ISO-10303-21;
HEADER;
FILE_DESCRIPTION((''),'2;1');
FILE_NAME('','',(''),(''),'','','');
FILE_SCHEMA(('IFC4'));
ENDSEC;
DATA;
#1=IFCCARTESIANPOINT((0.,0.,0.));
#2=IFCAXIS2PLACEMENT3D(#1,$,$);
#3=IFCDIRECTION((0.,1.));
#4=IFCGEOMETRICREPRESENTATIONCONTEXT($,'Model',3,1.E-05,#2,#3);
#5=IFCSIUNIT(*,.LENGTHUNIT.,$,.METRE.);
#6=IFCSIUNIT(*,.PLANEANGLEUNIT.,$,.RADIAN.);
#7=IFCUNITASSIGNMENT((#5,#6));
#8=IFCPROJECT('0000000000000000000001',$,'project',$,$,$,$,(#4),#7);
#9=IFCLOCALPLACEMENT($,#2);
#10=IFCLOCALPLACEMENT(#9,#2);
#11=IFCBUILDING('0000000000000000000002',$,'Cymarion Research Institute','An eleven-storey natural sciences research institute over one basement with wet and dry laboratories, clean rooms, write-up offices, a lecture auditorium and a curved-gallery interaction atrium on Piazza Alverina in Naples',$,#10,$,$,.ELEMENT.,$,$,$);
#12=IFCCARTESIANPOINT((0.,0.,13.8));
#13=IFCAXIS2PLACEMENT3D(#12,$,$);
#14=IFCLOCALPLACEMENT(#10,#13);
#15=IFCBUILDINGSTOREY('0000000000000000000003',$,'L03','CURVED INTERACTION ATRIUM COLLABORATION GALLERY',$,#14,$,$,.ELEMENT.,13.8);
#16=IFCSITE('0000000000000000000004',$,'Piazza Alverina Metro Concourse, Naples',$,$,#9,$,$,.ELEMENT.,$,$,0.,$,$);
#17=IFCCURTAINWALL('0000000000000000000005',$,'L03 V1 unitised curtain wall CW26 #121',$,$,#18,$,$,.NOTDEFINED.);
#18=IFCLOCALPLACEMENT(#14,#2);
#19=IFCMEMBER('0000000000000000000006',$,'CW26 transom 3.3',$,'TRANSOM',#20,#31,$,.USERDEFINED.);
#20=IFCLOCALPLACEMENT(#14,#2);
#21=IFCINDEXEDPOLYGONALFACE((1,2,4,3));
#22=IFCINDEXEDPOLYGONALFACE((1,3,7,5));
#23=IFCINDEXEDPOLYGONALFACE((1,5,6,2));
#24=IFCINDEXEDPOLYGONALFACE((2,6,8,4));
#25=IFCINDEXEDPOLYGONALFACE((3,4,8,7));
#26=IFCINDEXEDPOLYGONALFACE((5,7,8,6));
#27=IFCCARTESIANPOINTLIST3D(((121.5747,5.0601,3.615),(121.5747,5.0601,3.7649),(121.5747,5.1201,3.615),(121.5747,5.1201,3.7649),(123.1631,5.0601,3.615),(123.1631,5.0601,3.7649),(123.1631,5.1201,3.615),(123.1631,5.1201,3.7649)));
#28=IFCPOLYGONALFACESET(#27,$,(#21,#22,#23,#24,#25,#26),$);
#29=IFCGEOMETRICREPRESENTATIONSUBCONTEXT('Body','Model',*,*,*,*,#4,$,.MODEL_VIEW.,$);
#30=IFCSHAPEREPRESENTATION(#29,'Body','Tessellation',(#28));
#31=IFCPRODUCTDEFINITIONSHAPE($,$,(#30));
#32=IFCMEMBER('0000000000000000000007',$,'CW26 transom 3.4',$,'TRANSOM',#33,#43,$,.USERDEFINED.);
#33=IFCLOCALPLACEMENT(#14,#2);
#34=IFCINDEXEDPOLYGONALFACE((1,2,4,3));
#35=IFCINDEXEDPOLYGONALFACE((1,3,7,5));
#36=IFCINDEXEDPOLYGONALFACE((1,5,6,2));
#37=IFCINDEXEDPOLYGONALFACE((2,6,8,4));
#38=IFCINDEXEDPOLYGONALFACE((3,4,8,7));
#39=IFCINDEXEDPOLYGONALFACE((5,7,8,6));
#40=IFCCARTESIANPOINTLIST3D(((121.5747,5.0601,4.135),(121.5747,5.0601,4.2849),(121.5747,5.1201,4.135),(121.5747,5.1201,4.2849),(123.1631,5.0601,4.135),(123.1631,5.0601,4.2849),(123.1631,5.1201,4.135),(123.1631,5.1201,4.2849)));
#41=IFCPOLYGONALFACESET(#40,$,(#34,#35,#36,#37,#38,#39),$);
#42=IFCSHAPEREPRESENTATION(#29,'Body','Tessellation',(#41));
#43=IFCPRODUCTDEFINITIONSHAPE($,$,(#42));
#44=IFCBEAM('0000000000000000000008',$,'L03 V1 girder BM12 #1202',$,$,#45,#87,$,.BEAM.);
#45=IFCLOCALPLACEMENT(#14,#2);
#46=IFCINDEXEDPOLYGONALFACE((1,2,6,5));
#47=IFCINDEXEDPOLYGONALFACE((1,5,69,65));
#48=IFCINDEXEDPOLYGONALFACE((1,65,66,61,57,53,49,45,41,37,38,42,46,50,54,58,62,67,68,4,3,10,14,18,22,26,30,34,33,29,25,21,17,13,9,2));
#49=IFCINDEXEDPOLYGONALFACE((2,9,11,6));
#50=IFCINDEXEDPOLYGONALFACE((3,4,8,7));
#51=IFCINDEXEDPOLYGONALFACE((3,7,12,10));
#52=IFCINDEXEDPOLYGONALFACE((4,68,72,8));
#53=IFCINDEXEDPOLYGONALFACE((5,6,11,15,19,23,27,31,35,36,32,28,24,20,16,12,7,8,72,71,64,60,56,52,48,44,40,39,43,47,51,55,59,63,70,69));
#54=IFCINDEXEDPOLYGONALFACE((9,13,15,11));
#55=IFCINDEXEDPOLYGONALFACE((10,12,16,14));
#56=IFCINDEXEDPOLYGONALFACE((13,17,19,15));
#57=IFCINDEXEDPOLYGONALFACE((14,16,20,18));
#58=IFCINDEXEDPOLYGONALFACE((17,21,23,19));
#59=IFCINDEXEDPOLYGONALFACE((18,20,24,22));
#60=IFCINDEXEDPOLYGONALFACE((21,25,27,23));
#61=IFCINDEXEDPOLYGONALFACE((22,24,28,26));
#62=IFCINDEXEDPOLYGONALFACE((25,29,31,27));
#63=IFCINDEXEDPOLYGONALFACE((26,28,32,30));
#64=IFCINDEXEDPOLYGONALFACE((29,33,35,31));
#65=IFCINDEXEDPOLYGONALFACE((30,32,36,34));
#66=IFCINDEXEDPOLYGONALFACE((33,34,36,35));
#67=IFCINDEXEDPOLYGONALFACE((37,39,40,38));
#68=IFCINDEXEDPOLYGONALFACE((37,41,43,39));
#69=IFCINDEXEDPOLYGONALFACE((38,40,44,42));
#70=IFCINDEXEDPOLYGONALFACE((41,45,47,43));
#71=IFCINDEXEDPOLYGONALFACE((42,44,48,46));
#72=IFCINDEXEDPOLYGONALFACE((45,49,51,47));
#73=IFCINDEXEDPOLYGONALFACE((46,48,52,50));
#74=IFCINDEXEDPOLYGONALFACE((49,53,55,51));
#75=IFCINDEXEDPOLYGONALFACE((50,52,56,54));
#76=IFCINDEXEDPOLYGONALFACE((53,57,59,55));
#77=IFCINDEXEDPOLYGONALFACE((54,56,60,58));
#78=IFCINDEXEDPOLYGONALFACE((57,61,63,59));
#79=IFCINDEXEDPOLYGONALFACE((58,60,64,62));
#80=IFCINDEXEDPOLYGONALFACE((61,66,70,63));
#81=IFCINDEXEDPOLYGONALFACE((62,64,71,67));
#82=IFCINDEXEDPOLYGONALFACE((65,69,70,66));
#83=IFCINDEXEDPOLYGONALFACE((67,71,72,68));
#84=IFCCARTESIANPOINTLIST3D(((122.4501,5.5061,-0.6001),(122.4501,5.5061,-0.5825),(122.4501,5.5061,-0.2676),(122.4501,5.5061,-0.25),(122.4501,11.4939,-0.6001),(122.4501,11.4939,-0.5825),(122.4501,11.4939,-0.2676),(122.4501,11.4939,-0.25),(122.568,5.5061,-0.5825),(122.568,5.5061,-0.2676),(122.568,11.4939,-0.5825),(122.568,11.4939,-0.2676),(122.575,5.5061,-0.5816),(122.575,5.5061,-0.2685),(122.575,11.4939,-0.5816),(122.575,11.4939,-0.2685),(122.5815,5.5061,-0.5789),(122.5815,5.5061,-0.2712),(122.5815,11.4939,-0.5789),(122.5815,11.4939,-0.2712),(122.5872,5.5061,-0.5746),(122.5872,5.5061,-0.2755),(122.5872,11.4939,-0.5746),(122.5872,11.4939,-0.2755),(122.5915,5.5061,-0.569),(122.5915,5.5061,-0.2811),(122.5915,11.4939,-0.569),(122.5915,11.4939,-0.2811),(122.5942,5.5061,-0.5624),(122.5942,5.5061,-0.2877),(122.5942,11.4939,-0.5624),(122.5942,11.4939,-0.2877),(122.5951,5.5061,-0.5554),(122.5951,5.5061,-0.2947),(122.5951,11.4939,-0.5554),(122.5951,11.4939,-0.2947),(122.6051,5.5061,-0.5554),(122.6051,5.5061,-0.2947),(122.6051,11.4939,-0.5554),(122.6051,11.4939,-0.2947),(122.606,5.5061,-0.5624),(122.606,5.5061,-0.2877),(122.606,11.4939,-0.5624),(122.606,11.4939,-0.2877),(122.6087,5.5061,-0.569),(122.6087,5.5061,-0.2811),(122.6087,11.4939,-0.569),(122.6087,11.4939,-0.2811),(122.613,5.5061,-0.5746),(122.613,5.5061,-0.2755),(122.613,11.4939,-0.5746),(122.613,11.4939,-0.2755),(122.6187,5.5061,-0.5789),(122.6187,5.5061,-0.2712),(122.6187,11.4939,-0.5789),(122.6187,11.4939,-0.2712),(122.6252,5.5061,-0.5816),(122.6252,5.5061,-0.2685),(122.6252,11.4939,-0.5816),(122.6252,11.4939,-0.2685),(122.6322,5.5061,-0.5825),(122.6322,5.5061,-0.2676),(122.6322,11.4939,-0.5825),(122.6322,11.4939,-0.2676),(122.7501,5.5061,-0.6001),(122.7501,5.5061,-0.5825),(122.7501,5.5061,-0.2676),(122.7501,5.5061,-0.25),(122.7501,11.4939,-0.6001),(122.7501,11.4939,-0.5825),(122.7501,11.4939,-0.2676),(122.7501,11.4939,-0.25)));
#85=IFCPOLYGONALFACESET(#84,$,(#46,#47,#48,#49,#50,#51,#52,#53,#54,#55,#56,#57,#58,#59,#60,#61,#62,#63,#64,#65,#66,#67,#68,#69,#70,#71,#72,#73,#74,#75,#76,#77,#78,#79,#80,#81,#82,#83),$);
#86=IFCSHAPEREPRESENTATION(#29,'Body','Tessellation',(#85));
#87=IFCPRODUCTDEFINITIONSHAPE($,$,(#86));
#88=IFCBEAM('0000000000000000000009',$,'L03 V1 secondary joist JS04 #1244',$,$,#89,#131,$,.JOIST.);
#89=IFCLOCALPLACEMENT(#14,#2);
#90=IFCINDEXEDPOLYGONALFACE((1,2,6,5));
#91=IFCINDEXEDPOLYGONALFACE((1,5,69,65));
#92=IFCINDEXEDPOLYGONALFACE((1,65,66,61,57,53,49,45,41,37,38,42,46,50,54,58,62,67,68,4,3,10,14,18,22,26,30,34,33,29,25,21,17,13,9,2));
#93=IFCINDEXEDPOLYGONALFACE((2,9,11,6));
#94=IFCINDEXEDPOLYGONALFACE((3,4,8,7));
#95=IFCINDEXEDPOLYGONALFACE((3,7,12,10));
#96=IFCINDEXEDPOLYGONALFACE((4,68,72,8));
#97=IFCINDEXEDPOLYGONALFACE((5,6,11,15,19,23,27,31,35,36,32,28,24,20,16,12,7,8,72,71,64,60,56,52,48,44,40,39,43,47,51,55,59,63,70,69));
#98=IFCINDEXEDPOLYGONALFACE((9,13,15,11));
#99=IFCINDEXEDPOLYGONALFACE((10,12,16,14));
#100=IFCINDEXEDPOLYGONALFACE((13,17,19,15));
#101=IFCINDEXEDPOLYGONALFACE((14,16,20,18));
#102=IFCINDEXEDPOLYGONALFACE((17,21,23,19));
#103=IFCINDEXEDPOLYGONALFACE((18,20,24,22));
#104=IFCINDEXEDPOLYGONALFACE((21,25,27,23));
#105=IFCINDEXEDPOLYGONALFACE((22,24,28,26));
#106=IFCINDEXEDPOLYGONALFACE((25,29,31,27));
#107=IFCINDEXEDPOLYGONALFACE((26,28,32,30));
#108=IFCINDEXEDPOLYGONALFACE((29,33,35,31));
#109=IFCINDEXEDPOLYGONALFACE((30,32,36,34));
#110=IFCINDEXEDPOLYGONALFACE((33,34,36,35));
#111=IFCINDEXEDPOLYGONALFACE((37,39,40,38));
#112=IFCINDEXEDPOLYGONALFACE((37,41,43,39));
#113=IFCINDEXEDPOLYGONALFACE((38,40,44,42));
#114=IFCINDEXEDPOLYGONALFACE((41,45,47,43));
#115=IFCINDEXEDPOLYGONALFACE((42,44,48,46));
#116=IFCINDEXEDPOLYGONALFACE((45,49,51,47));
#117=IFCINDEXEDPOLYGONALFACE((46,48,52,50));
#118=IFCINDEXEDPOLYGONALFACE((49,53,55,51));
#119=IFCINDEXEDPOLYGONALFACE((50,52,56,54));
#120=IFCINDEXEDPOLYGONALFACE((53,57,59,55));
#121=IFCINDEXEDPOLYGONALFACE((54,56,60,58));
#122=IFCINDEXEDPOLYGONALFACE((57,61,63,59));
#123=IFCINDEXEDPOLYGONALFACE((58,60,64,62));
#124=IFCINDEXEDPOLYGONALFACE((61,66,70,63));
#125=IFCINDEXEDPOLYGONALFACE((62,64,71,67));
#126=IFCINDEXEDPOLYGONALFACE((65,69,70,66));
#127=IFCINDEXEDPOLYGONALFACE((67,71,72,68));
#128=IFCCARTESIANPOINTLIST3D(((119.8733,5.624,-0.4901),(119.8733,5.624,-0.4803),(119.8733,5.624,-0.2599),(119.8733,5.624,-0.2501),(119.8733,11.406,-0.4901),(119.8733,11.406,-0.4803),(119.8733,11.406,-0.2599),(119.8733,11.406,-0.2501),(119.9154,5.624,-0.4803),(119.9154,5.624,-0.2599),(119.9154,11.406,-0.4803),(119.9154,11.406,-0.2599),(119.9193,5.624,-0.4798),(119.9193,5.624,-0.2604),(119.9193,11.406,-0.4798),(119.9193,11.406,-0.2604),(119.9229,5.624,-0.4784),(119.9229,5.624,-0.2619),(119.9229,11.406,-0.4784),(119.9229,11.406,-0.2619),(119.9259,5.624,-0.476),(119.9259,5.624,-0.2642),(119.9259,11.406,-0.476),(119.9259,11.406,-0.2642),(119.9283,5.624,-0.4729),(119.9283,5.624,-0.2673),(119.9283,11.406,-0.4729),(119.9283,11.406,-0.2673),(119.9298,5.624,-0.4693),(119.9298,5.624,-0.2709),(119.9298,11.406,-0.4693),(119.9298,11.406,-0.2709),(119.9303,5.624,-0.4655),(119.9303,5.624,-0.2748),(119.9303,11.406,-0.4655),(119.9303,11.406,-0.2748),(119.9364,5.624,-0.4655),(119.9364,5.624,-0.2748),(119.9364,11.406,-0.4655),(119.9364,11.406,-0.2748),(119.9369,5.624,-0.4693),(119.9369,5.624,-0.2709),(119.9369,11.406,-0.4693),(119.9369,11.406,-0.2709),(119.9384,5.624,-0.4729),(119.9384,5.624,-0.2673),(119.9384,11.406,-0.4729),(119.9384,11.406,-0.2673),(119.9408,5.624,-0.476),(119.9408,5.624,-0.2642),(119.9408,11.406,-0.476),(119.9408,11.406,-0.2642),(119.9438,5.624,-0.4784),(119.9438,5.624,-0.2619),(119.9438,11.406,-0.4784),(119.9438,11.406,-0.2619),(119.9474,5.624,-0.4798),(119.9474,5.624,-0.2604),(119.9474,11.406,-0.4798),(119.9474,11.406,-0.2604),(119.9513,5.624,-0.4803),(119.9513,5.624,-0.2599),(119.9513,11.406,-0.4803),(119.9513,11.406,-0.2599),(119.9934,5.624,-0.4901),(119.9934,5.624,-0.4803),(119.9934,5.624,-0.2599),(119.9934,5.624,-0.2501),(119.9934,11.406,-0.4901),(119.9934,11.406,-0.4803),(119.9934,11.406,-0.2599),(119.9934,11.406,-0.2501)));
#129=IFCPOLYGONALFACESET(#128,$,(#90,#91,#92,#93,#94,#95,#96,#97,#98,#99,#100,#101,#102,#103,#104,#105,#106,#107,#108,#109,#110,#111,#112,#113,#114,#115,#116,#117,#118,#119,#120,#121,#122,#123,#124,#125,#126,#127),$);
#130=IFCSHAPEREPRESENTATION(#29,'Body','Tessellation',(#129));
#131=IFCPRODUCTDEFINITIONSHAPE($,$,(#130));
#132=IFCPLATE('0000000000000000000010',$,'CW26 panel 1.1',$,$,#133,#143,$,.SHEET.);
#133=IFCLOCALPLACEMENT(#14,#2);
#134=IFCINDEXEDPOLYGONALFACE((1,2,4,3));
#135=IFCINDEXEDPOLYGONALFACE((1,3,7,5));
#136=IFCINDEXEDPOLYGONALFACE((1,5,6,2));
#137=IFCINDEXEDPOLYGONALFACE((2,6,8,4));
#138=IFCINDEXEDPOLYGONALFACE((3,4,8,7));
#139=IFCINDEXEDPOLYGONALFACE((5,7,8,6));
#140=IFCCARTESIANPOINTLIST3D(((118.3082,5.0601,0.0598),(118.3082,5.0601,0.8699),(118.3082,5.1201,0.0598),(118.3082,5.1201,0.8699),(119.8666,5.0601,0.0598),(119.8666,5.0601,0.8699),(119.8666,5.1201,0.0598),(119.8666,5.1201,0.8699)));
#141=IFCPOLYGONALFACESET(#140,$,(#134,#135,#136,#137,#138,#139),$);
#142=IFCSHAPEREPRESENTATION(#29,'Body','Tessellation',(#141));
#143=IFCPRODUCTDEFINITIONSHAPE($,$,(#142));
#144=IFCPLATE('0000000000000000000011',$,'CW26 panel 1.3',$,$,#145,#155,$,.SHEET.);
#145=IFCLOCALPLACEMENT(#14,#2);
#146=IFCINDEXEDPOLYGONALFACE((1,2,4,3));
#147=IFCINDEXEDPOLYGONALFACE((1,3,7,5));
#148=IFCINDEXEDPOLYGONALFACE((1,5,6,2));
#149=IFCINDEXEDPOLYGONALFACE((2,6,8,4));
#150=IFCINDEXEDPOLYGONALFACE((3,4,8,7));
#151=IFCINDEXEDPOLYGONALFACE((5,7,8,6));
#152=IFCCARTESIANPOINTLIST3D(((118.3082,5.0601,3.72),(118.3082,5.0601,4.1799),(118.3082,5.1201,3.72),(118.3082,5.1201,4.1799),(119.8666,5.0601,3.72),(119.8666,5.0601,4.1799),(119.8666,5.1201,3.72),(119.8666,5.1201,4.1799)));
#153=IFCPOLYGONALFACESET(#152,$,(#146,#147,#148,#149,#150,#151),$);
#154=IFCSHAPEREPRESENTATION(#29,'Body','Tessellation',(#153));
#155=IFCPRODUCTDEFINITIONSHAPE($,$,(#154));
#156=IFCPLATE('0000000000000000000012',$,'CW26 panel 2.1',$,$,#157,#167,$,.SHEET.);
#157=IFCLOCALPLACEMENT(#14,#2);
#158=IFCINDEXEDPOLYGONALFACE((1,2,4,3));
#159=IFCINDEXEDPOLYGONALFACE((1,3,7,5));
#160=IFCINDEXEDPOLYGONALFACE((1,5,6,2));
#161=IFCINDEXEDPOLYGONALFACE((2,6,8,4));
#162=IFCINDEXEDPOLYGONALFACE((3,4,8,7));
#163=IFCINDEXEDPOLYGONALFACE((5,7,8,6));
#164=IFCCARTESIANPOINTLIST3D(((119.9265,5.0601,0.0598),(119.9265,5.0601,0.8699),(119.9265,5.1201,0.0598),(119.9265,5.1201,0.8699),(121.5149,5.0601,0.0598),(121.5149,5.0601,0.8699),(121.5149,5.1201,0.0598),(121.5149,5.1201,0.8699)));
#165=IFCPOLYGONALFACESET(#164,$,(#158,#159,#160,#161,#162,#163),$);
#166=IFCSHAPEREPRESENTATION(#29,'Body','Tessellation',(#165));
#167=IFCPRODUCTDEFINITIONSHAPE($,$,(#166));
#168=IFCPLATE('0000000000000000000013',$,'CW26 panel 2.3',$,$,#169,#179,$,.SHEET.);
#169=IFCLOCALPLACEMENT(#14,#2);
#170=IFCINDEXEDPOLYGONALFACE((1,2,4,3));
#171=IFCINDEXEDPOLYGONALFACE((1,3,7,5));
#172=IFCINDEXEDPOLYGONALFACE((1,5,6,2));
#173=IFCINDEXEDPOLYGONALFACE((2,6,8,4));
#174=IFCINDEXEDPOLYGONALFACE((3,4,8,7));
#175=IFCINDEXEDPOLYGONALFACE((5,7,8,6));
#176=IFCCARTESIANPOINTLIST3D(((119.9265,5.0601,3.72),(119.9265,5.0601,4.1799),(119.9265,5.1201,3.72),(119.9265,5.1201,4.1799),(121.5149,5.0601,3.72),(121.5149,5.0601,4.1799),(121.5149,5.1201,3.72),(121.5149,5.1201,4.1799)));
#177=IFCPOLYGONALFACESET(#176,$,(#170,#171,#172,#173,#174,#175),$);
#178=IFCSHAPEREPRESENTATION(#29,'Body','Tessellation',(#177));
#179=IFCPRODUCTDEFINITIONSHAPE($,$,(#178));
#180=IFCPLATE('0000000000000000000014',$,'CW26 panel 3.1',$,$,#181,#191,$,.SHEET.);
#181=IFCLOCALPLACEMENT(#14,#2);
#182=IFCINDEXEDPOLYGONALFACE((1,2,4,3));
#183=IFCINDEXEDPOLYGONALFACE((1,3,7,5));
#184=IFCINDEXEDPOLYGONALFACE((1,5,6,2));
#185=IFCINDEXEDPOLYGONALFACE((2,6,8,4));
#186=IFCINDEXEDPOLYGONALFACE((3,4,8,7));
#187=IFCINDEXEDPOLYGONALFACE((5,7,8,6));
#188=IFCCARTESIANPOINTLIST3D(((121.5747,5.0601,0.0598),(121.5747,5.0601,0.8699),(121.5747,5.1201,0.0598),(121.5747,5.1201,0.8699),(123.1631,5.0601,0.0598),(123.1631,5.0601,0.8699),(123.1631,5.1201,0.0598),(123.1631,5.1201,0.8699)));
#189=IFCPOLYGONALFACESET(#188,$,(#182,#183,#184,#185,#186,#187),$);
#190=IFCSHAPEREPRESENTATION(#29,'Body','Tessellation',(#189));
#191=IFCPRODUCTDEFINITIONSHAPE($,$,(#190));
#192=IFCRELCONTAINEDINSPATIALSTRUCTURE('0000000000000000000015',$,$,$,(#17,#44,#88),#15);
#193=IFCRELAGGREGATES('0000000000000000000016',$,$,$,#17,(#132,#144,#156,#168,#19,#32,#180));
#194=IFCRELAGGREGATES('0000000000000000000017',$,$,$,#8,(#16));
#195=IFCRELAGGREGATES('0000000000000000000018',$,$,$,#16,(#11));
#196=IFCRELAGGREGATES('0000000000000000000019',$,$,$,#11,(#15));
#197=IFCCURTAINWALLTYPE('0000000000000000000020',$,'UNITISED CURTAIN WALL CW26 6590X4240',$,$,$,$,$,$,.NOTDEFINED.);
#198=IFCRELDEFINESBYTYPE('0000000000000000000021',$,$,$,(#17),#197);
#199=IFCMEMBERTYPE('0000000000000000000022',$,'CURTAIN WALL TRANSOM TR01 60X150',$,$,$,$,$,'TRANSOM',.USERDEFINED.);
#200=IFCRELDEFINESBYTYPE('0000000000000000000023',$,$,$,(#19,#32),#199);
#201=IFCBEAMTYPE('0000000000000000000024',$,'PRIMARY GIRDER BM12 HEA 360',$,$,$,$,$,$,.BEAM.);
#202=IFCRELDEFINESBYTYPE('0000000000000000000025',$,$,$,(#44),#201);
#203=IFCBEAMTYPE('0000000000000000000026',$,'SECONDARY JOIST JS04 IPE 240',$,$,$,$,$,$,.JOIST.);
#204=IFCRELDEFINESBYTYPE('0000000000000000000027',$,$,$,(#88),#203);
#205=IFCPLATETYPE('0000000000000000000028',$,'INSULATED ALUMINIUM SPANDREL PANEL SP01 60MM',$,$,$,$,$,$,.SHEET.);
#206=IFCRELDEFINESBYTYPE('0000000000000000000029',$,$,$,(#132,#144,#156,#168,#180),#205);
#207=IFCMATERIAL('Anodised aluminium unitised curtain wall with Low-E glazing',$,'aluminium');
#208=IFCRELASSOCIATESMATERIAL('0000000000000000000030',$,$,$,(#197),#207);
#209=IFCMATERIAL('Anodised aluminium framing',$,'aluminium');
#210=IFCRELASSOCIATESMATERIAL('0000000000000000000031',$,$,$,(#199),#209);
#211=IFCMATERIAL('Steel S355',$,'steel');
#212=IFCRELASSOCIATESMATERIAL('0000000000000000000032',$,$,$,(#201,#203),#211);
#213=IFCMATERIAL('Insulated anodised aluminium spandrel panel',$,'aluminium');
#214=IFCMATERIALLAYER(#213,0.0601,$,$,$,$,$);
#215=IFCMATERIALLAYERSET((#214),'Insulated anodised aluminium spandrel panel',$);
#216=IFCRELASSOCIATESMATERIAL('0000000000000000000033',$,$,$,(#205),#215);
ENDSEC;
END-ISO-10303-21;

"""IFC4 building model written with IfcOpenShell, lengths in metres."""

from ifc_helpers import new_model, si_unit, direction, frame, origin, origin_2d, place, context, subcontext, project, spatial, rectangle, i_section, extrude, material, layer, layer_set, material_profile, profile_set, type_object, element, aggregate, save


model = new_model("IFC4")

# Units and contexts
model_context = context("Model", 3, precision=1e-05, world=origin(), true_north=direction((0.0, 1.0)))
body_context = subcontext(model_context, "Body", "Model", "MODEL_VIEW")
ifc_project = project(units=[si_unit("LENGTHUNIT", "METRE"), si_unit("PLANEANGLEUNIT", "RADIAN")], contexts=[model_context])

# Site, building, storey
site_placement = place(None, origin())
site = spatial("IfcSite", under=ifc_project, at=site_placement, Name="Piazza Alverina Metro Concourse, Naples", CompositionType="ELEMENT", RefElevation=0.0)
building_placement = place(site_placement, origin())
building = spatial("IfcBuilding", under=site, at=building_placement, Name="Cymarion Research Institute", Description="An eleven-storey natural sciences research institute over one basement with wet and dry laboratories, clean rooms, write-up offices, a lecture auditorium and a curved-gallery interaction atrium on Piazza Alverina in Naples", CompositionType="ELEMENT")
storey_placement = place(building_placement, frame((0.0, 0.0, 13.8)))
storey = spatial("IfcBuildingStorey", under=building, at=storey_placement, Name="L03", Description="CURVED INTERACTION ATRIUM COLLABORATION GALLERY", CompositionType="ELEMENT", Elevation=13.8)

# Shared definitions
ifc_material_1 = material(Name="Steel S355", Category="steel")

# Curtain wall, members
ifc_material_2 = material(Name="Anodised aluminium unitised curtain wall with Low-E glazing", Category="aluminium")
curtain_wall_type = type_object("IfcCurtainWallType", Name="UNITISED CURTAIN WALL CW26 6590X4240", PredefinedType="NOTDEFINED", material=ifc_material_2)
curtain_wall_placement = place(storey_placement, origin())
curtain_wall = element("IfcCurtainWall", 1, at=curtain_wall_placement, inside=storey, type_object=curtain_wall_type, Name="L03 V1 unitised curtain wall CW26 #121", PredefinedType="NOTDEFINED")
ifc_material_3 = material(Name="Anodised aluminium framing", Category="aluminium")
ifc_material_profile_1 = material_profile(ifc_material_3, rectangle(XDim=0.0601, YDim=0.1499, at=origin_2d()), Name="ALU TRANSOM 60x150")
ifc_profile_set_1 = profile_set([ifc_material_profile_1], Name="Anodised aluminium framing")
member_type_1 = type_object("IfcMemberType", Name="CURTAIN WALL TRANSOM TR01 60X150", ElementType="TRANSOM", PredefinedType="USERDEFINED", material=ifc_profile_set_1)
member_1_placement = place(storey_placement, frame((121.5747, 5.0901, 3.6899), z_axis=(1.0, 0.0, 0.0), x_axis=(0.0, 1.0, 0.0)))
member_1 = element("IfcMember", 2, at=member_1_placement, type_object=member_type_1, Name="CW26 transom 3.3", ObjectType="TRANSOM", PredefinedType="USERDEFINED", context=body_context, shape_type="SweptSolid", body=[
    extrude(rectangle(XDim=0.0601, YDim=0.1499, at=origin_2d()), origin(), (0.0, 0.0, 1.0), 1.5884),
])
member_2_placement = place(storey_placement, frame((121.5747, 5.0901, 4.21), z_axis=(1.0, 0.0, 0.0), x_axis=(0.0, 1.0, 0.0)))
member_2 = element("IfcMember", 3, at=member_2_placement, type_object=member_type_1, Name="CW26 transom 3.4", ObjectType="TRANSOM", PredefinedType="USERDEFINED", context=body_context, shape_type="SweptSolid", body=[
    extrude(rectangle(XDim=0.0601, YDim=0.1499, at=origin_2d()), origin(), (0.0, 0.0, 1.0), 1.5884),
])

# Beams
ifc_material_profile_2 = material_profile(ifc_material_1, i_section(OverallWidth=0.3, OverallDepth=0.3501, WebThickness=0.01, FlangeThickness=0.0176, FilletRadius=0.0271, at=origin_2d()), Name="HEA 360")
ifc_profile_set_2 = profile_set([ifc_material_profile_2], Name="Steel S355")
beam_type_1 = type_object("IfcBeamType", Name="PRIMARY GIRDER BM12 HEA 360", PredefinedType="BEAM", material=ifc_profile_set_2)
beam_1_placement = place(storey_placement, frame((122.6001, 5.5061, -0.425), z_axis=(0.0, 1.0, 0.0), x_axis=(-1.0, 0.0, 0.0)))
element("IfcBeam", 4, at=beam_1_placement, inside=storey, type_object=beam_type_1, Name="L03 V1 girder BM12 #1202", PredefinedType="BEAM", context=body_context, shape_type="SweptSolid", body=[
    extrude(i_section(OverallWidth=0.3, OverallDepth=0.3501, WebThickness=0.01, FlangeThickness=0.0176, FilletRadius=0.0271, at=origin_2d()), origin(), (0.0, 0.0, 1.0), 5.9878),
])
ifc_material_profile_3 = material_profile(ifc_material_1, i_section(OverallWidth=0.1201, OverallDepth=0.24, WebThickness=0.0061, FlangeThickness=0.0098, FilletRadius=0.0149, at=origin_2d()), Name="IPE 240")
ifc_profile_set_3 = profile_set([ifc_material_profile_3], Name="Steel S355")
beam_type_2 = type_object("IfcBeamType", Name="SECONDARY JOIST JS04 IPE 240", PredefinedType="JOIST", material=ifc_profile_set_3)
beam_2_placement = place(storey_placement, frame((119.9333, 5.624, -0.3701), z_axis=(0.0, 1.0, 0.0), x_axis=(-1.0, 0.0, 0.0)))
element("IfcBeam", 5, at=beam_2_placement, inside=storey, type_object=beam_type_2, Name="L03 V1 secondary joist JS04 #1244", PredefinedType="JOIST", context=body_context, shape_type="SweptSolid", body=[
    extrude(i_section(OverallWidth=0.1201, OverallDepth=0.24, WebThickness=0.0061, FlangeThickness=0.0098, FilletRadius=0.0149, at=origin_2d()), origin(), (0.0, 0.0, 1.0), 5.782),
])

# Plates
ifc_material_4 = material(Name="Insulated anodised aluminium spandrel panel", Category="aluminium")
ifc_layer_1 = layer(ifc_material_4, 0.0601)
ifc_layer_set_1 = layer_set([ifc_layer_1], Name="Insulated anodised aluminium spandrel panel")
plate_type_1 = type_object("IfcPlateType", Name="INSULATED ALUMINIUM SPANDREL PANEL SP01 60MM", PredefinedType="SHEET", material=ifc_layer_set_1)
plate_1_placement = place(storey_placement, frame((119.0874, 5.0901, 0.0598), z_axis=(0.0, 0.0, 1.0), x_axis=(1.0, 0.0, 0.0)))
plate_1 = element("IfcPlate", 6, at=plate_1_placement, type_object=plate_type_1, Name="CW26 panel 1.1", PredefinedType="SHEET", context=body_context, shape_type="SweptSolid", body=[
    extrude(rectangle(XDim=1.5583, YDim=0.0601, at=origin_2d()), origin(), (0.0, 0.0, 1.0), 0.8101),
])
plate_2_placement = place(storey_placement, frame((119.0874, 5.0901, 3.72), z_axis=(0.0, 0.0, 1.0), x_axis=(1.0, 0.0, 0.0)))
plate_2 = element("IfcPlate", 7, at=plate_2_placement, type_object=plate_type_1, Name="CW26 panel 1.3", PredefinedType="SHEET", context=body_context, shape_type="SweptSolid", body=[
    extrude(rectangle(XDim=1.5583, YDim=0.0601, at=origin_2d()), origin(), (0.0, 0.0, 1.0), 0.46),
])
plate_3_placement = place(storey_placement, frame((120.7207, 5.0901, 0.0598), z_axis=(0.0, 0.0, 1.0), x_axis=(1.0, 0.0, 0.0)))
plate_3 = element("IfcPlate", 8, at=plate_3_placement, type_object=plate_type_1, Name="CW26 panel 2.1", PredefinedType="SHEET", context=body_context, shape_type="SweptSolid", body=[
    extrude(rectangle(XDim=1.5884, YDim=0.0601, at=origin_2d()), origin(), (0.0, 0.0, 1.0), 0.8101),
])
plate_4_placement = place(storey_placement, frame((120.7207, 5.0901, 3.72), z_axis=(0.0, 0.0, 1.0), x_axis=(1.0, 0.0, 0.0)))
plate_4 = element("IfcPlate", 9, at=plate_4_placement, type_object=plate_type_1, Name="CW26 panel 2.3", PredefinedType="SHEET", context=body_context, shape_type="SweptSolid", body=[
    extrude(rectangle(XDim=1.5884, YDim=0.0601, at=origin_2d()), origin(), (0.0, 0.0, 1.0), 0.46),
])
plate_5_placement = place(storey_placement, frame((122.3689, 5.0901, 0.0598), z_axis=(0.0, 0.0, 1.0), x_axis=(1.0, 0.0, 0.0)))
plate_5 = element("IfcPlate", 10, at=plate_5_placement, type_object=plate_type_1, Name="CW26 panel 3.1", PredefinedType="SHEET", context=body_context, shape_type="SweptSolid", body=[
    extrude(rectangle(XDim=1.5884, YDim=0.0601, at=origin_2d()), origin(), (0.0, 0.0, 1.0), 0.8101),
])
aggregate(curtain_wall, [plate_1, plate_2, plate_3, plate_4, member_1, member_2, plate_5])

save(model, "model.ifc")
